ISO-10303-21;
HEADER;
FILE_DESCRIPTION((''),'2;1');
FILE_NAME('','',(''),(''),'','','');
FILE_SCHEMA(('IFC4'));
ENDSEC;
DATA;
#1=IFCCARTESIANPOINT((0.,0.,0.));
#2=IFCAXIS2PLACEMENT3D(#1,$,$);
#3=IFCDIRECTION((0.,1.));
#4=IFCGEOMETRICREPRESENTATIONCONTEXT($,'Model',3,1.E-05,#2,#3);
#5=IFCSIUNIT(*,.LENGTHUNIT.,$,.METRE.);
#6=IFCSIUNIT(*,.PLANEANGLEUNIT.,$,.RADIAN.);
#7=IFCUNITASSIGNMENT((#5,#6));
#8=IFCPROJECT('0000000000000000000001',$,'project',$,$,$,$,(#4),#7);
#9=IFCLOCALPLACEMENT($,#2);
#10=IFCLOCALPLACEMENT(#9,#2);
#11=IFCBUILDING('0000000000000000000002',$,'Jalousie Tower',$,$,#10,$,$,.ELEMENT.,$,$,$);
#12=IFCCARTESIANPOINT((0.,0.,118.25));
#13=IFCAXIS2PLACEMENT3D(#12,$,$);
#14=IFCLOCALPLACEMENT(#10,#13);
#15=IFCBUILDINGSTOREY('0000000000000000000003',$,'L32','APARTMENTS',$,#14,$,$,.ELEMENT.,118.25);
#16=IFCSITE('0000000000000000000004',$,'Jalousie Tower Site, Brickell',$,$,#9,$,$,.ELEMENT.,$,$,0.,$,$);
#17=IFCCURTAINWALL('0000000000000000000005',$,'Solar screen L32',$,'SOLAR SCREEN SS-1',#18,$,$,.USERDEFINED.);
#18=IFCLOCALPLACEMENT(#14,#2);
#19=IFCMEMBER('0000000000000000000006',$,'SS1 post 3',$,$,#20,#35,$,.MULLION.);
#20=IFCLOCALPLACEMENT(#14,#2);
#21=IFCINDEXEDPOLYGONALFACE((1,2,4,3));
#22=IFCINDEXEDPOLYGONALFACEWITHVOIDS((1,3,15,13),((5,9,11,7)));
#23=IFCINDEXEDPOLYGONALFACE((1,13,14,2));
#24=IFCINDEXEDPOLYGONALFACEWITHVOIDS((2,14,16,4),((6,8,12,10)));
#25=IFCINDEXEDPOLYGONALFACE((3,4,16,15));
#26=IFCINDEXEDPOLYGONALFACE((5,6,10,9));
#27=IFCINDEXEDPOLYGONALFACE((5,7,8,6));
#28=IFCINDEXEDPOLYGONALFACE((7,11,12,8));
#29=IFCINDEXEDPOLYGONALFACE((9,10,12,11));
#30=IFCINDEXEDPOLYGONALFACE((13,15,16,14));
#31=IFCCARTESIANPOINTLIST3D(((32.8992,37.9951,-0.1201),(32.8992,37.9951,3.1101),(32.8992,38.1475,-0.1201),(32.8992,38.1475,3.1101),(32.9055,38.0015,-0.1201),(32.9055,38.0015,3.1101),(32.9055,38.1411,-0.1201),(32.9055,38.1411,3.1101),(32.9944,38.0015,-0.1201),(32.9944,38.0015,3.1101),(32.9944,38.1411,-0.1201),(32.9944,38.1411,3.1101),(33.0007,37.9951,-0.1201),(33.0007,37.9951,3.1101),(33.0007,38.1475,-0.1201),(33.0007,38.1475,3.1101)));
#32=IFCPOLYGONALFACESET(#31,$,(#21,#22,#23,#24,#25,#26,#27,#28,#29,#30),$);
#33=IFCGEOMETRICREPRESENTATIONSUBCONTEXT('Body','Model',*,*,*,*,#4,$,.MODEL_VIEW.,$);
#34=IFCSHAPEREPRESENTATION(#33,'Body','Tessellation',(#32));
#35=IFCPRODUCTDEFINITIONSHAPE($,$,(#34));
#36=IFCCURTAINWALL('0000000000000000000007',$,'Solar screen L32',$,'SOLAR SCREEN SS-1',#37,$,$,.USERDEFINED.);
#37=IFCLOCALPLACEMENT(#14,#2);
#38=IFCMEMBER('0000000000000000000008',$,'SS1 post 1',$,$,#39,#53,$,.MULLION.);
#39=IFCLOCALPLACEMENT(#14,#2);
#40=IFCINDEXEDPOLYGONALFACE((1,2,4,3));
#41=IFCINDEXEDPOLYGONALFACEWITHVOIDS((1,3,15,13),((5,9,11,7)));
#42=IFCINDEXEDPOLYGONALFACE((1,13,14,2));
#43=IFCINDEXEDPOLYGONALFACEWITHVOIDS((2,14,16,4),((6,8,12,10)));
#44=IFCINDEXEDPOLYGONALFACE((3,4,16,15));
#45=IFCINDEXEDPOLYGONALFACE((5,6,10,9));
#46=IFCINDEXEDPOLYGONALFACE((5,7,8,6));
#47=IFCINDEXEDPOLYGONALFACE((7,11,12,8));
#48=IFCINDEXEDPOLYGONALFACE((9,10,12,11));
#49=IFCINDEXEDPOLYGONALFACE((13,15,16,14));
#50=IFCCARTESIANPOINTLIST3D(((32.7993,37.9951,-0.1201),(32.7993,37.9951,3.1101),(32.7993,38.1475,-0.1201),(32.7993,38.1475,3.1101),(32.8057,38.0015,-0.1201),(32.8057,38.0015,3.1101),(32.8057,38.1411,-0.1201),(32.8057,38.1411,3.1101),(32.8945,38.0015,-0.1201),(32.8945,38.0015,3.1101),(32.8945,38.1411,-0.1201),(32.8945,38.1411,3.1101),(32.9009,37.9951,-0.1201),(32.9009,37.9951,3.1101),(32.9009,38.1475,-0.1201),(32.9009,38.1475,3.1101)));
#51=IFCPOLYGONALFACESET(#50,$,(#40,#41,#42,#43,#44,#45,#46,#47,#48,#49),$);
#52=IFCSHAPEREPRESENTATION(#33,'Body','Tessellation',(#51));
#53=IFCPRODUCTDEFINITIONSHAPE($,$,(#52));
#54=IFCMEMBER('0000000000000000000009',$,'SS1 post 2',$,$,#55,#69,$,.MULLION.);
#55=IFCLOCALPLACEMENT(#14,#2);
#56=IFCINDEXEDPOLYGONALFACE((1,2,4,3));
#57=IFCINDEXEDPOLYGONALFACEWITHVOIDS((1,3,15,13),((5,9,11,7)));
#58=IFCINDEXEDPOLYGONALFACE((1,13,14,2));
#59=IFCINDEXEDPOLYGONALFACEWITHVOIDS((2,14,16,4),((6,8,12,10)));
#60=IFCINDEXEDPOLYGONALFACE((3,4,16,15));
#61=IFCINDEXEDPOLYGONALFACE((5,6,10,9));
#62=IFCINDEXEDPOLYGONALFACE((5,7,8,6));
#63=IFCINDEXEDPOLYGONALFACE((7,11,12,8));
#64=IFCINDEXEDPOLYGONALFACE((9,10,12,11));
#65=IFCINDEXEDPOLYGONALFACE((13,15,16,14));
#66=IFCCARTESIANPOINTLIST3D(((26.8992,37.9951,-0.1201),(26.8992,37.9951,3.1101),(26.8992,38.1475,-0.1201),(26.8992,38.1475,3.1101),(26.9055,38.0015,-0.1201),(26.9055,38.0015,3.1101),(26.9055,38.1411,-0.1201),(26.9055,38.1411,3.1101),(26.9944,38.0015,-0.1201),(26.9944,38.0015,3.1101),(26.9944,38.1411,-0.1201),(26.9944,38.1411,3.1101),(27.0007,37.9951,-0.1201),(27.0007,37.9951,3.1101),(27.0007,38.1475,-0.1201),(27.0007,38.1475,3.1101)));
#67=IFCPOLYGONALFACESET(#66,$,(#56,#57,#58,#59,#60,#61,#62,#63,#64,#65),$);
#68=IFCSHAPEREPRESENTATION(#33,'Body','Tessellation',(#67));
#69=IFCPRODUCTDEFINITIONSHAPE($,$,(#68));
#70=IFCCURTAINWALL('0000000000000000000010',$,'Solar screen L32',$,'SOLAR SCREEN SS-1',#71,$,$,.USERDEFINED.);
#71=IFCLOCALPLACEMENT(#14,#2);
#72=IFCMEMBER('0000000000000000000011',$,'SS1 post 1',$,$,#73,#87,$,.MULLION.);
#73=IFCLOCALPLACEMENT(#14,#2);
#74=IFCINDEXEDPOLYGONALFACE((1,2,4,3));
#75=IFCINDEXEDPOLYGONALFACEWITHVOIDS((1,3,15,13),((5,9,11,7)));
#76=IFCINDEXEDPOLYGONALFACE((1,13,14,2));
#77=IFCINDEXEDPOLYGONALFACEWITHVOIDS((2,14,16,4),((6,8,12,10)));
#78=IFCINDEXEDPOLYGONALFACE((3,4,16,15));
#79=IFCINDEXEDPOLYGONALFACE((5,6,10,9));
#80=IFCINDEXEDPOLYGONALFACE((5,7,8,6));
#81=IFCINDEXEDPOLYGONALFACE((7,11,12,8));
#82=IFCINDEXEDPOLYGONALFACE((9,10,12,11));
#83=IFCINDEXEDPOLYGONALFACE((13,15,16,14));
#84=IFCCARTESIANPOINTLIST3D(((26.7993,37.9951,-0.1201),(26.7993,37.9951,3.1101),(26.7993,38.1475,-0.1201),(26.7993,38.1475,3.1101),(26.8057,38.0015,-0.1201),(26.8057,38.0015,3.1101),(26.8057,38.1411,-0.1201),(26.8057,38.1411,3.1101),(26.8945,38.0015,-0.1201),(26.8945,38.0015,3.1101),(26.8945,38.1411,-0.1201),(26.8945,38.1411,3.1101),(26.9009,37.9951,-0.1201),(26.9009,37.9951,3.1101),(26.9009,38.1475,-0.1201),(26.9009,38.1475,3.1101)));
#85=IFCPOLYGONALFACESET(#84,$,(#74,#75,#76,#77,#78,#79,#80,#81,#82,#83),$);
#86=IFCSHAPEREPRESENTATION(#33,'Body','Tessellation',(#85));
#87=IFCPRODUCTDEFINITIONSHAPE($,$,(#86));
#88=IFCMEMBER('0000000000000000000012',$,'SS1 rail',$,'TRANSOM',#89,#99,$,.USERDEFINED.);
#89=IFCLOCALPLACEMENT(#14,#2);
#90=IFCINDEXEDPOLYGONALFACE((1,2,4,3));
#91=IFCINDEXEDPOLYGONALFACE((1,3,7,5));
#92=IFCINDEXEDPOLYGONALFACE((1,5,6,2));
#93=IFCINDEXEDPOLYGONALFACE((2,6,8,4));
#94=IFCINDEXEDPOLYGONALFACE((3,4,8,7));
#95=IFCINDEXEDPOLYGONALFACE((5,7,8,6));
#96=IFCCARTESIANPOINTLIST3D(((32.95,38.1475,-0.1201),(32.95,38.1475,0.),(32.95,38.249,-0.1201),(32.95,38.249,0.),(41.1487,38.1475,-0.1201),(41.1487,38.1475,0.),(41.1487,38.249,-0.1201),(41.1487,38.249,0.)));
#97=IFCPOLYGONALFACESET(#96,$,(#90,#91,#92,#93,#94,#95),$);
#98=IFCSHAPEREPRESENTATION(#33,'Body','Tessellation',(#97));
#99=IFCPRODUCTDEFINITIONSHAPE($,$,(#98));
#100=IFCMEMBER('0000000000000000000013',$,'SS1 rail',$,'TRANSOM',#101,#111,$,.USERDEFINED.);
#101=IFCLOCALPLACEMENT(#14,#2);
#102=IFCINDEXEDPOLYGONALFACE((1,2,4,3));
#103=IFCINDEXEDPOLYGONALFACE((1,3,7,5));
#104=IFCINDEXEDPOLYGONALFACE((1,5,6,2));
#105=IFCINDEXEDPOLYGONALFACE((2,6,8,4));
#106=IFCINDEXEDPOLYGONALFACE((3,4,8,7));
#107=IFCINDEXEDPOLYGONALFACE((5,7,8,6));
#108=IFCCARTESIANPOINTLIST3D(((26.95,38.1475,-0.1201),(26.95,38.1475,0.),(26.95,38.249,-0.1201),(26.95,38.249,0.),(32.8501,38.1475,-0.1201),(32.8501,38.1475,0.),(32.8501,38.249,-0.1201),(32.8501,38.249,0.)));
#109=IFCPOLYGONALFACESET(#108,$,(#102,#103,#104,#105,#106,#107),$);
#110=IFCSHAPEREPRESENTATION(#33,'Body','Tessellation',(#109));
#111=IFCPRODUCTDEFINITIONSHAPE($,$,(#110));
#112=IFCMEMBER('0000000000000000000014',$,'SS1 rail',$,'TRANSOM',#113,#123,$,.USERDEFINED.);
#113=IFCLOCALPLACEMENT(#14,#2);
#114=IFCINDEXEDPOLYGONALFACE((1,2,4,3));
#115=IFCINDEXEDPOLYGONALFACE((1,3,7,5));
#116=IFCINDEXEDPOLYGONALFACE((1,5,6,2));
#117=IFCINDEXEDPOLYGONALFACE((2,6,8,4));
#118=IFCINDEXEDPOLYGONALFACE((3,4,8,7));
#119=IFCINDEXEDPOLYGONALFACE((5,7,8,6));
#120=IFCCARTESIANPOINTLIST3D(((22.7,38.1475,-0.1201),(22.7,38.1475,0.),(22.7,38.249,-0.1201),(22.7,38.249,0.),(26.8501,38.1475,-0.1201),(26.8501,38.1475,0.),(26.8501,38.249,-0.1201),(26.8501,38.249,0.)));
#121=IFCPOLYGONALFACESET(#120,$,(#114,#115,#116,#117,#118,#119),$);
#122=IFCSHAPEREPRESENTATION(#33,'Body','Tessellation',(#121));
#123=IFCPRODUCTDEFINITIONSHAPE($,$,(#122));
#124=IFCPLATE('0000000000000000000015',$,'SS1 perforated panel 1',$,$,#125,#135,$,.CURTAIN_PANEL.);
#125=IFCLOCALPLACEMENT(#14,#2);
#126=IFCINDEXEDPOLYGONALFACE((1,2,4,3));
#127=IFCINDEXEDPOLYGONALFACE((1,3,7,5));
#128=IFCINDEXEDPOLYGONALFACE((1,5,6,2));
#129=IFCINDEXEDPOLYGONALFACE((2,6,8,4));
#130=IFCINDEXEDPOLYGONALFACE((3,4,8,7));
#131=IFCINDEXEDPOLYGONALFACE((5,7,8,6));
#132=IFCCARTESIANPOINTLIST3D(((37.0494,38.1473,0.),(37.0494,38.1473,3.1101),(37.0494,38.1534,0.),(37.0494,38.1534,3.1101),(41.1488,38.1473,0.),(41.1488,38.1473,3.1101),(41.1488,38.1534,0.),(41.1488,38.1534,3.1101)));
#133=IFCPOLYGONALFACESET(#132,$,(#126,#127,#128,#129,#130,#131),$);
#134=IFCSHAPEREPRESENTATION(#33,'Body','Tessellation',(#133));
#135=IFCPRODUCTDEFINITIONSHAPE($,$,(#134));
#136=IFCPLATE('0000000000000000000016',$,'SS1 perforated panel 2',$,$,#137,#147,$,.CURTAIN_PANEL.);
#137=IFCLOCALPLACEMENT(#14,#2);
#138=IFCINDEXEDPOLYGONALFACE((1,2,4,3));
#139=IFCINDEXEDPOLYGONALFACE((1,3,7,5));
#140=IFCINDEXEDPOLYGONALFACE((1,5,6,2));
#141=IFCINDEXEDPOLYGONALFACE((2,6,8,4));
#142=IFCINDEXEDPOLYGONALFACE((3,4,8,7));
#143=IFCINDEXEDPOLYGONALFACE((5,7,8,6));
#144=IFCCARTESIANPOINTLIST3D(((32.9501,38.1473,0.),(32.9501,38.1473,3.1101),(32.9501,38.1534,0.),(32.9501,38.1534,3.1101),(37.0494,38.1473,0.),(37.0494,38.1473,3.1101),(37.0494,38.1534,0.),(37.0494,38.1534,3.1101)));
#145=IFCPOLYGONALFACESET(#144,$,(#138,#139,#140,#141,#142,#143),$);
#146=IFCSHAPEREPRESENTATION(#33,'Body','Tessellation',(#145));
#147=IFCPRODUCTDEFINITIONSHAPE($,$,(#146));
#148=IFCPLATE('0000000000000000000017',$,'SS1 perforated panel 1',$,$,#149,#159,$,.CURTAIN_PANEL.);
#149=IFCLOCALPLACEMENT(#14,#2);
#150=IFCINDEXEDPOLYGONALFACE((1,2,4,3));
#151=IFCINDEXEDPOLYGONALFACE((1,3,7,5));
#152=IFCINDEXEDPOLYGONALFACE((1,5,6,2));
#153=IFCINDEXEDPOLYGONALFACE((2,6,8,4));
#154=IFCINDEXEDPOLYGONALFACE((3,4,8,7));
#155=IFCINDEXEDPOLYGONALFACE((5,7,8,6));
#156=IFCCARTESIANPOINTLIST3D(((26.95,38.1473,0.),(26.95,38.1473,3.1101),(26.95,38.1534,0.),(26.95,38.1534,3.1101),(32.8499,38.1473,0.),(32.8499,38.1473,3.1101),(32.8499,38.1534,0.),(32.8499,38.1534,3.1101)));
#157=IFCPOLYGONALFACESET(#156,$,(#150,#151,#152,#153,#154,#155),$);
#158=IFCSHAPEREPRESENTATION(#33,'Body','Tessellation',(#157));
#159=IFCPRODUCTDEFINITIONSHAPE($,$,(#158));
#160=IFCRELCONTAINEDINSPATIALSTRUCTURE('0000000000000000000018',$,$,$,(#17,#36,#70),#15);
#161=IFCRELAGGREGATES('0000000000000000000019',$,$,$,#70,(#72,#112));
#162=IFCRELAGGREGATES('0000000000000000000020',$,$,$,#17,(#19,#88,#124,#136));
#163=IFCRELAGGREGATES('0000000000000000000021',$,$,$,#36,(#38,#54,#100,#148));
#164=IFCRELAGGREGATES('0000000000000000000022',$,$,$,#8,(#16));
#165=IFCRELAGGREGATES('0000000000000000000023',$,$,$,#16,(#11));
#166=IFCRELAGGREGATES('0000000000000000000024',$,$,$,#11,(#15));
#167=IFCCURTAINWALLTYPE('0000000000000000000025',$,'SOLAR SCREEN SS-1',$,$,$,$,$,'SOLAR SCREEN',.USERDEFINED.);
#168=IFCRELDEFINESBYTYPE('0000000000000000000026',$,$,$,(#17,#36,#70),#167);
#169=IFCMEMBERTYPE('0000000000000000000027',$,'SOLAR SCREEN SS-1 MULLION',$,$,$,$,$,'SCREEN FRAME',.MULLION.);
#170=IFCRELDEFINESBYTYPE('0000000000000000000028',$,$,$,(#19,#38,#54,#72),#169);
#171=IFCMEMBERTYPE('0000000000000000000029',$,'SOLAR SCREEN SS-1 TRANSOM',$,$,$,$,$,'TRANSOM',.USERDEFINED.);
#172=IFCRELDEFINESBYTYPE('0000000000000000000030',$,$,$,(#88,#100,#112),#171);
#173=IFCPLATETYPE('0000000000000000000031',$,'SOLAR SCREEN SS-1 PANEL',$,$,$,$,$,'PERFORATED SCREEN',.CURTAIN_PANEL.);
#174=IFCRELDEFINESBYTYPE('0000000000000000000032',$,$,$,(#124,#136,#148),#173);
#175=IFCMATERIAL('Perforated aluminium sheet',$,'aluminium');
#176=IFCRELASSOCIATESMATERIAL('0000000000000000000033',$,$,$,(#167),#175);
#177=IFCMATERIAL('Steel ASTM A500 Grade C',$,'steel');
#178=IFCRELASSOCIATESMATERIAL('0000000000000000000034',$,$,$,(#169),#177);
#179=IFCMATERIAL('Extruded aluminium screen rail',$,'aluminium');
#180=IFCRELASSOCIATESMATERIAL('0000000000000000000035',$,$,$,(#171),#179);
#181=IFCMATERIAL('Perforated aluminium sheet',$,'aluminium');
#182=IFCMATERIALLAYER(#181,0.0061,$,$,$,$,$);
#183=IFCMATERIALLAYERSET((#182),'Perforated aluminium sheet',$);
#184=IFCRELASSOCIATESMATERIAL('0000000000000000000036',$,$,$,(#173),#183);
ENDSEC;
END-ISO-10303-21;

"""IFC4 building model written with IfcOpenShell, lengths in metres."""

from ifc_helpers import new_model, si_unit, direction, frame, origin, origin_2d, place, context, subcontext, project, spatial, rectangle, hollow_rectangle, extrude, material, layer, layer_set, material_profile, profile_set, type_object, element, aggregate, save


model = new_model("IFC4")

# Units and contexts
model_context = context("Model", 3, precision=1e-05, world=origin(), true_north=direction((0.0, 1.0)))
body_context = subcontext(model_context, "Body", "Model", "MODEL_VIEW")
ifc_project = project(units=[si_unit("LENGTHUNIT", "METRE"), si_unit("PLANEANGLEUNIT", "RADIAN")], contexts=[model_context])

# Site, building, storey
site_placement = place(None, origin())
site = spatial("IfcSite", under=ifc_project, at=site_placement, Name="Jalousie Tower Site, Brickell", CompositionType="ELEMENT", RefElevation=0.0)
building_placement = place(site_placement, origin())
building = spatial("IfcBuilding", under=site, at=building_placement, Name="Jalousie Tower", CompositionType="ELEMENT")
storey_placement = place(building_placement, frame((0.0, 0.0, 118.25)))
storey = spatial("IfcBuildingStorey", under=building, at=storey_placement, Name="L32", Description="APARTMENTS", CompositionType="ELEMENT", Elevation=118.25)

# Curtain walls, members
ifc_material_1 = material(Name="Perforated aluminium sheet", Category="aluminium")
curtain_wall_type = type_object("IfcCurtainWallType", Name="SOLAR SCREEN SS-1", ElementType="SOLAR SCREEN", PredefinedType="USERDEFINED", material=ifc_material_1)
curtain_wall_1_placement = place(storey_placement, origin())
curtain_wall_1 = element("IfcCurtainWall", 1, at=curtain_wall_1_placement, inside=storey, type_object=curtain_wall_type, Name="Solar screen L32", ObjectType="SOLAR SCREEN SS-1", PredefinedType="USERDEFINED")
ifc_material_2 = material(Name="Steel ASTM A500 Grade C", Category="steel")
ifc_material_profile_1 = material_profile(ifc_material_2, hollow_rectangle(XDim=0.1016, YDim=0.1523, WallThickness=0.0063, at=origin_2d()), Name="HSS6X4X1/4")
ifc_profile_set_1 = profile_set([ifc_material_profile_1], Name="Steel ASTM A500 Grade C")
member_type_1 = type_object("IfcMemberType", Name="SOLAR SCREEN SS-1 MULLION", ElementType="SCREEN FRAME", PredefinedType="MULLION", material=ifc_profile_set_1)
member_1_placement = place(storey_placement, frame((32.95, 38.0713, -0.1201), z_axis=(0.0, 0.0, 1.0), x_axis=(-1.0, 0.0, 0.0)))
member_1 = element("IfcMember", 2, at=member_1_placement, type_object=member_type_1, Name="SS1 post 3", PredefinedType="MULLION", context=body_context, shape_type="SweptSolid", body=[
    extrude(hollow_rectangle(XDim=0.1016, YDim=0.1523, WallThickness=0.0063, at=origin_2d()), origin(), (0.0, 0.0, 1.0), 3.2302),
])
curtain_wall_2_placement = place(storey_placement, origin())
curtain_wall_2 = element("IfcCurtainWall", 3, at=curtain_wall_2_placement, inside=storey, type_object=curtain_wall_type, Name="Solar screen L32", ObjectType="SOLAR SCREEN SS-1", PredefinedType="USERDEFINED")
member_2_placement = place(storey_placement, frame((32.8501, 38.0713, -0.1201), z_axis=(0.0, 0.0, 1.0), x_axis=(-1.0, 0.0, 0.0)))
member_2 = element("IfcMember", 4, at=member_2_placement, type_object=member_type_1, Name="SS1 post 1", PredefinedType="MULLION", context=body_context, shape_type="SweptSolid", body=[
    extrude(hollow_rectangle(XDim=0.1016, YDim=0.1523, WallThickness=0.0063, at=origin_2d()), origin(), (0.0, 0.0, 1.0), 3.2302),
])
member_3_placement = place(storey_placement, frame((26.95, 38.0713, -0.1201), z_axis=(0.0, 0.0, 1.0), x_axis=(-1.0, 0.0, 0.0)))
member_3 = element("IfcMember", 5, at=member_3_placement, type_object=member_type_1, Name="SS1 post 2", PredefinedType="MULLION", context=body_context, shape_type="SweptSolid", body=[
    extrude(hollow_rectangle(XDim=0.1016, YDim=0.1523, WallThickness=0.0063, at=origin_2d()), origin(), (0.0, 0.0, 1.0), 3.2302),
])

# Curtain wall, member
curtain_wall_3_placement = place(storey_placement, origin())
curtain_wall_3 = element("IfcCurtainWall", 6, at=curtain_wall_3_placement, inside=storey, type_object=curtain_wall_type, Name="Solar screen L32", ObjectType="SOLAR SCREEN SS-1", PredefinedType="USERDEFINED")
member_4_placement = place(storey_placement, frame((26.8501, 38.0713, -0.1201), z_axis=(0.0, 0.0, 1.0), x_axis=(-1.0, 0.0, 0.0)))
member_4 = element("IfcMember", 7, at=member_4_placement, type_object=member_type_1, Name="SS1 post 1", PredefinedType="MULLION", context=body_context, shape_type="SweptSolid", body=[
    extrude(hollow_rectangle(XDim=0.1016, YDim=0.1523, WallThickness=0.0063, at=origin_2d()), origin(), (0.0, 0.0, 1.0), 3.2302),
])

# Members
ifc_material_3 = material(Name="Extruded aluminium screen rail", Category="aluminium")
ifc_material_profile_2 = material_profile(ifc_material_3, rectangle(XDim=0.1016, YDim=0.1201, at=origin_2d()), Name="RAIL 102x120")
ifc_profile_set_2 = profile_set([ifc_material_profile_2], Name="Extruded aluminium screen rail")
member_type_2 = type_object("IfcMemberType", Name="SOLAR SCREEN SS-1 TRANSOM", ElementType="TRANSOM", PredefinedType="USERDEFINED", material=ifc_profile_set_2)
member_5_placement = place(storey_placement, frame((41.1487, 38.1982, -0.0601), z_axis=(-1.0, 0.0, 0.0), x_axis=(0.0, -1.0, 0.0)))
member_5 = element("IfcMember", 8, at=member_5_placement, type_object=member_type_2, Name="SS1 rail", ObjectType="TRANSOM", PredefinedType="USERDEFINED", context=body_context, shape_type="SweptSolid", body=[
    extrude(rectangle(XDim=0.1016, YDim=0.1201, at=origin_2d()), origin(), (0.0, 0.0, 1.0), 8.1987),
])
member_6_placement = place(storey_placement, frame((32.8501, 38.1982, -0.0601), z_axis=(-1.0, 0.0, 0.0), x_axis=(0.0, -1.0, 0.0)))
member_6 = element("IfcMember", 9, at=member_6_placement, type_object=member_type_2, Name="SS1 rail", ObjectType="TRANSOM", PredefinedType="USERDEFINED", context=body_context, shape_type="SweptSolid", body=[
    extrude(rectangle(XDim=0.1016, YDim=0.1201, at=origin_2d()), origin(), (0.0, 0.0, 1.0), 5.9001),
])
member_7_placement = place(storey_placement, frame((26.8501, 38.1982, -0.0601), z_axis=(-1.0, 0.0, 0.0), x_axis=(0.0, -1.0, 0.0)))
member_7 = element("IfcMember", 10, at=member_7_placement, type_object=member_type_2, Name="SS1 rail", ObjectType="TRANSOM", PredefinedType="USERDEFINED", context=body_context, shape_type="SweptSolid", body=[
    extrude(rectangle(XDim=0.1016, YDim=0.1201, at=origin_2d()), origin(), (0.0, 0.0, 1.0), 4.1501),
])
aggregate(curtain_wall_3, [member_4, member_7])

# Plates
ifc_material_4 = material(Name="Perforated aluminium sheet", Category="aluminium")
ifc_layer_1 = layer(ifc_material_4, 0.0061)
ifc_layer_set_1 = layer_set([ifc_layer_1], Name="Perforated aluminium sheet")
plate_type = type_object("IfcPlateType", Name="SOLAR SCREEN SS-1 PANEL", ElementType="PERFORATED SCREEN", PredefinedType="CURTAIN_PANEL", material=ifc_layer_set_1)
plate_1_placement = place(storey_placement, frame((39.0991, 38.1504, 0.0), z_axis=(0.0, 0.0, 1.0), x_axis=(-1.0, 0.0, 0.0)))
plate_1 = element("IfcPlate", 11, at=plate_1_placement, type_object=plate_type, Name="SS1 perforated panel 1", PredefinedType="CURTAIN_PANEL", context=body_context, shape_type="SweptSolid", body=[
    extrude(rectangle(XDim=4.0994, YDim=0.0061, at=origin_2d()), origin(), (0.0, 0.0, 1.0), 3.1101),
])
plate_2_placement = place(storey_placement, frame((34.9998, 38.1504, 0.0), z_axis=(0.0, 0.0, 1.0), x_axis=(-1.0, 0.0, 0.0)))
plate_2 = element("IfcPlate", 12, at=plate_2_placement, type_object=plate_type, Name="SS1 perforated panel 2", PredefinedType="CURTAIN_PANEL", context=body_context, shape_type="SweptSolid", body=[
    extrude(rectangle(XDim=4.0994, YDim=0.0061, at=origin_2d()), origin(), (0.0, 0.0, 1.0), 3.1101),
])
aggregate(curtain_wall_1, [member_1, member_5, plate_1, plate_2])
plate_3_placement = place(storey_placement, frame((29.8999, 38.1504, 0.0), z_axis=(0.0, 0.0, 1.0), x_axis=(-1.0, 0.0, 0.0)))
plate_3 = element("IfcPlate", 13, at=plate_3_placement, type_object=plate_type, Name="SS1 perforated panel 1", PredefinedType="CURTAIN_PANEL", context=body_context, shape_type="SweptSolid", body=[
    extrude(rectangle(XDim=5.8999, YDim=0.0061, at=origin_2d()), origin(), (0.0, 0.0, 1.0), 3.1101),
])
aggregate(curtain_wall_2, [member_2, member_3, member_6, plate_3])

save(model, "model.ifc")
